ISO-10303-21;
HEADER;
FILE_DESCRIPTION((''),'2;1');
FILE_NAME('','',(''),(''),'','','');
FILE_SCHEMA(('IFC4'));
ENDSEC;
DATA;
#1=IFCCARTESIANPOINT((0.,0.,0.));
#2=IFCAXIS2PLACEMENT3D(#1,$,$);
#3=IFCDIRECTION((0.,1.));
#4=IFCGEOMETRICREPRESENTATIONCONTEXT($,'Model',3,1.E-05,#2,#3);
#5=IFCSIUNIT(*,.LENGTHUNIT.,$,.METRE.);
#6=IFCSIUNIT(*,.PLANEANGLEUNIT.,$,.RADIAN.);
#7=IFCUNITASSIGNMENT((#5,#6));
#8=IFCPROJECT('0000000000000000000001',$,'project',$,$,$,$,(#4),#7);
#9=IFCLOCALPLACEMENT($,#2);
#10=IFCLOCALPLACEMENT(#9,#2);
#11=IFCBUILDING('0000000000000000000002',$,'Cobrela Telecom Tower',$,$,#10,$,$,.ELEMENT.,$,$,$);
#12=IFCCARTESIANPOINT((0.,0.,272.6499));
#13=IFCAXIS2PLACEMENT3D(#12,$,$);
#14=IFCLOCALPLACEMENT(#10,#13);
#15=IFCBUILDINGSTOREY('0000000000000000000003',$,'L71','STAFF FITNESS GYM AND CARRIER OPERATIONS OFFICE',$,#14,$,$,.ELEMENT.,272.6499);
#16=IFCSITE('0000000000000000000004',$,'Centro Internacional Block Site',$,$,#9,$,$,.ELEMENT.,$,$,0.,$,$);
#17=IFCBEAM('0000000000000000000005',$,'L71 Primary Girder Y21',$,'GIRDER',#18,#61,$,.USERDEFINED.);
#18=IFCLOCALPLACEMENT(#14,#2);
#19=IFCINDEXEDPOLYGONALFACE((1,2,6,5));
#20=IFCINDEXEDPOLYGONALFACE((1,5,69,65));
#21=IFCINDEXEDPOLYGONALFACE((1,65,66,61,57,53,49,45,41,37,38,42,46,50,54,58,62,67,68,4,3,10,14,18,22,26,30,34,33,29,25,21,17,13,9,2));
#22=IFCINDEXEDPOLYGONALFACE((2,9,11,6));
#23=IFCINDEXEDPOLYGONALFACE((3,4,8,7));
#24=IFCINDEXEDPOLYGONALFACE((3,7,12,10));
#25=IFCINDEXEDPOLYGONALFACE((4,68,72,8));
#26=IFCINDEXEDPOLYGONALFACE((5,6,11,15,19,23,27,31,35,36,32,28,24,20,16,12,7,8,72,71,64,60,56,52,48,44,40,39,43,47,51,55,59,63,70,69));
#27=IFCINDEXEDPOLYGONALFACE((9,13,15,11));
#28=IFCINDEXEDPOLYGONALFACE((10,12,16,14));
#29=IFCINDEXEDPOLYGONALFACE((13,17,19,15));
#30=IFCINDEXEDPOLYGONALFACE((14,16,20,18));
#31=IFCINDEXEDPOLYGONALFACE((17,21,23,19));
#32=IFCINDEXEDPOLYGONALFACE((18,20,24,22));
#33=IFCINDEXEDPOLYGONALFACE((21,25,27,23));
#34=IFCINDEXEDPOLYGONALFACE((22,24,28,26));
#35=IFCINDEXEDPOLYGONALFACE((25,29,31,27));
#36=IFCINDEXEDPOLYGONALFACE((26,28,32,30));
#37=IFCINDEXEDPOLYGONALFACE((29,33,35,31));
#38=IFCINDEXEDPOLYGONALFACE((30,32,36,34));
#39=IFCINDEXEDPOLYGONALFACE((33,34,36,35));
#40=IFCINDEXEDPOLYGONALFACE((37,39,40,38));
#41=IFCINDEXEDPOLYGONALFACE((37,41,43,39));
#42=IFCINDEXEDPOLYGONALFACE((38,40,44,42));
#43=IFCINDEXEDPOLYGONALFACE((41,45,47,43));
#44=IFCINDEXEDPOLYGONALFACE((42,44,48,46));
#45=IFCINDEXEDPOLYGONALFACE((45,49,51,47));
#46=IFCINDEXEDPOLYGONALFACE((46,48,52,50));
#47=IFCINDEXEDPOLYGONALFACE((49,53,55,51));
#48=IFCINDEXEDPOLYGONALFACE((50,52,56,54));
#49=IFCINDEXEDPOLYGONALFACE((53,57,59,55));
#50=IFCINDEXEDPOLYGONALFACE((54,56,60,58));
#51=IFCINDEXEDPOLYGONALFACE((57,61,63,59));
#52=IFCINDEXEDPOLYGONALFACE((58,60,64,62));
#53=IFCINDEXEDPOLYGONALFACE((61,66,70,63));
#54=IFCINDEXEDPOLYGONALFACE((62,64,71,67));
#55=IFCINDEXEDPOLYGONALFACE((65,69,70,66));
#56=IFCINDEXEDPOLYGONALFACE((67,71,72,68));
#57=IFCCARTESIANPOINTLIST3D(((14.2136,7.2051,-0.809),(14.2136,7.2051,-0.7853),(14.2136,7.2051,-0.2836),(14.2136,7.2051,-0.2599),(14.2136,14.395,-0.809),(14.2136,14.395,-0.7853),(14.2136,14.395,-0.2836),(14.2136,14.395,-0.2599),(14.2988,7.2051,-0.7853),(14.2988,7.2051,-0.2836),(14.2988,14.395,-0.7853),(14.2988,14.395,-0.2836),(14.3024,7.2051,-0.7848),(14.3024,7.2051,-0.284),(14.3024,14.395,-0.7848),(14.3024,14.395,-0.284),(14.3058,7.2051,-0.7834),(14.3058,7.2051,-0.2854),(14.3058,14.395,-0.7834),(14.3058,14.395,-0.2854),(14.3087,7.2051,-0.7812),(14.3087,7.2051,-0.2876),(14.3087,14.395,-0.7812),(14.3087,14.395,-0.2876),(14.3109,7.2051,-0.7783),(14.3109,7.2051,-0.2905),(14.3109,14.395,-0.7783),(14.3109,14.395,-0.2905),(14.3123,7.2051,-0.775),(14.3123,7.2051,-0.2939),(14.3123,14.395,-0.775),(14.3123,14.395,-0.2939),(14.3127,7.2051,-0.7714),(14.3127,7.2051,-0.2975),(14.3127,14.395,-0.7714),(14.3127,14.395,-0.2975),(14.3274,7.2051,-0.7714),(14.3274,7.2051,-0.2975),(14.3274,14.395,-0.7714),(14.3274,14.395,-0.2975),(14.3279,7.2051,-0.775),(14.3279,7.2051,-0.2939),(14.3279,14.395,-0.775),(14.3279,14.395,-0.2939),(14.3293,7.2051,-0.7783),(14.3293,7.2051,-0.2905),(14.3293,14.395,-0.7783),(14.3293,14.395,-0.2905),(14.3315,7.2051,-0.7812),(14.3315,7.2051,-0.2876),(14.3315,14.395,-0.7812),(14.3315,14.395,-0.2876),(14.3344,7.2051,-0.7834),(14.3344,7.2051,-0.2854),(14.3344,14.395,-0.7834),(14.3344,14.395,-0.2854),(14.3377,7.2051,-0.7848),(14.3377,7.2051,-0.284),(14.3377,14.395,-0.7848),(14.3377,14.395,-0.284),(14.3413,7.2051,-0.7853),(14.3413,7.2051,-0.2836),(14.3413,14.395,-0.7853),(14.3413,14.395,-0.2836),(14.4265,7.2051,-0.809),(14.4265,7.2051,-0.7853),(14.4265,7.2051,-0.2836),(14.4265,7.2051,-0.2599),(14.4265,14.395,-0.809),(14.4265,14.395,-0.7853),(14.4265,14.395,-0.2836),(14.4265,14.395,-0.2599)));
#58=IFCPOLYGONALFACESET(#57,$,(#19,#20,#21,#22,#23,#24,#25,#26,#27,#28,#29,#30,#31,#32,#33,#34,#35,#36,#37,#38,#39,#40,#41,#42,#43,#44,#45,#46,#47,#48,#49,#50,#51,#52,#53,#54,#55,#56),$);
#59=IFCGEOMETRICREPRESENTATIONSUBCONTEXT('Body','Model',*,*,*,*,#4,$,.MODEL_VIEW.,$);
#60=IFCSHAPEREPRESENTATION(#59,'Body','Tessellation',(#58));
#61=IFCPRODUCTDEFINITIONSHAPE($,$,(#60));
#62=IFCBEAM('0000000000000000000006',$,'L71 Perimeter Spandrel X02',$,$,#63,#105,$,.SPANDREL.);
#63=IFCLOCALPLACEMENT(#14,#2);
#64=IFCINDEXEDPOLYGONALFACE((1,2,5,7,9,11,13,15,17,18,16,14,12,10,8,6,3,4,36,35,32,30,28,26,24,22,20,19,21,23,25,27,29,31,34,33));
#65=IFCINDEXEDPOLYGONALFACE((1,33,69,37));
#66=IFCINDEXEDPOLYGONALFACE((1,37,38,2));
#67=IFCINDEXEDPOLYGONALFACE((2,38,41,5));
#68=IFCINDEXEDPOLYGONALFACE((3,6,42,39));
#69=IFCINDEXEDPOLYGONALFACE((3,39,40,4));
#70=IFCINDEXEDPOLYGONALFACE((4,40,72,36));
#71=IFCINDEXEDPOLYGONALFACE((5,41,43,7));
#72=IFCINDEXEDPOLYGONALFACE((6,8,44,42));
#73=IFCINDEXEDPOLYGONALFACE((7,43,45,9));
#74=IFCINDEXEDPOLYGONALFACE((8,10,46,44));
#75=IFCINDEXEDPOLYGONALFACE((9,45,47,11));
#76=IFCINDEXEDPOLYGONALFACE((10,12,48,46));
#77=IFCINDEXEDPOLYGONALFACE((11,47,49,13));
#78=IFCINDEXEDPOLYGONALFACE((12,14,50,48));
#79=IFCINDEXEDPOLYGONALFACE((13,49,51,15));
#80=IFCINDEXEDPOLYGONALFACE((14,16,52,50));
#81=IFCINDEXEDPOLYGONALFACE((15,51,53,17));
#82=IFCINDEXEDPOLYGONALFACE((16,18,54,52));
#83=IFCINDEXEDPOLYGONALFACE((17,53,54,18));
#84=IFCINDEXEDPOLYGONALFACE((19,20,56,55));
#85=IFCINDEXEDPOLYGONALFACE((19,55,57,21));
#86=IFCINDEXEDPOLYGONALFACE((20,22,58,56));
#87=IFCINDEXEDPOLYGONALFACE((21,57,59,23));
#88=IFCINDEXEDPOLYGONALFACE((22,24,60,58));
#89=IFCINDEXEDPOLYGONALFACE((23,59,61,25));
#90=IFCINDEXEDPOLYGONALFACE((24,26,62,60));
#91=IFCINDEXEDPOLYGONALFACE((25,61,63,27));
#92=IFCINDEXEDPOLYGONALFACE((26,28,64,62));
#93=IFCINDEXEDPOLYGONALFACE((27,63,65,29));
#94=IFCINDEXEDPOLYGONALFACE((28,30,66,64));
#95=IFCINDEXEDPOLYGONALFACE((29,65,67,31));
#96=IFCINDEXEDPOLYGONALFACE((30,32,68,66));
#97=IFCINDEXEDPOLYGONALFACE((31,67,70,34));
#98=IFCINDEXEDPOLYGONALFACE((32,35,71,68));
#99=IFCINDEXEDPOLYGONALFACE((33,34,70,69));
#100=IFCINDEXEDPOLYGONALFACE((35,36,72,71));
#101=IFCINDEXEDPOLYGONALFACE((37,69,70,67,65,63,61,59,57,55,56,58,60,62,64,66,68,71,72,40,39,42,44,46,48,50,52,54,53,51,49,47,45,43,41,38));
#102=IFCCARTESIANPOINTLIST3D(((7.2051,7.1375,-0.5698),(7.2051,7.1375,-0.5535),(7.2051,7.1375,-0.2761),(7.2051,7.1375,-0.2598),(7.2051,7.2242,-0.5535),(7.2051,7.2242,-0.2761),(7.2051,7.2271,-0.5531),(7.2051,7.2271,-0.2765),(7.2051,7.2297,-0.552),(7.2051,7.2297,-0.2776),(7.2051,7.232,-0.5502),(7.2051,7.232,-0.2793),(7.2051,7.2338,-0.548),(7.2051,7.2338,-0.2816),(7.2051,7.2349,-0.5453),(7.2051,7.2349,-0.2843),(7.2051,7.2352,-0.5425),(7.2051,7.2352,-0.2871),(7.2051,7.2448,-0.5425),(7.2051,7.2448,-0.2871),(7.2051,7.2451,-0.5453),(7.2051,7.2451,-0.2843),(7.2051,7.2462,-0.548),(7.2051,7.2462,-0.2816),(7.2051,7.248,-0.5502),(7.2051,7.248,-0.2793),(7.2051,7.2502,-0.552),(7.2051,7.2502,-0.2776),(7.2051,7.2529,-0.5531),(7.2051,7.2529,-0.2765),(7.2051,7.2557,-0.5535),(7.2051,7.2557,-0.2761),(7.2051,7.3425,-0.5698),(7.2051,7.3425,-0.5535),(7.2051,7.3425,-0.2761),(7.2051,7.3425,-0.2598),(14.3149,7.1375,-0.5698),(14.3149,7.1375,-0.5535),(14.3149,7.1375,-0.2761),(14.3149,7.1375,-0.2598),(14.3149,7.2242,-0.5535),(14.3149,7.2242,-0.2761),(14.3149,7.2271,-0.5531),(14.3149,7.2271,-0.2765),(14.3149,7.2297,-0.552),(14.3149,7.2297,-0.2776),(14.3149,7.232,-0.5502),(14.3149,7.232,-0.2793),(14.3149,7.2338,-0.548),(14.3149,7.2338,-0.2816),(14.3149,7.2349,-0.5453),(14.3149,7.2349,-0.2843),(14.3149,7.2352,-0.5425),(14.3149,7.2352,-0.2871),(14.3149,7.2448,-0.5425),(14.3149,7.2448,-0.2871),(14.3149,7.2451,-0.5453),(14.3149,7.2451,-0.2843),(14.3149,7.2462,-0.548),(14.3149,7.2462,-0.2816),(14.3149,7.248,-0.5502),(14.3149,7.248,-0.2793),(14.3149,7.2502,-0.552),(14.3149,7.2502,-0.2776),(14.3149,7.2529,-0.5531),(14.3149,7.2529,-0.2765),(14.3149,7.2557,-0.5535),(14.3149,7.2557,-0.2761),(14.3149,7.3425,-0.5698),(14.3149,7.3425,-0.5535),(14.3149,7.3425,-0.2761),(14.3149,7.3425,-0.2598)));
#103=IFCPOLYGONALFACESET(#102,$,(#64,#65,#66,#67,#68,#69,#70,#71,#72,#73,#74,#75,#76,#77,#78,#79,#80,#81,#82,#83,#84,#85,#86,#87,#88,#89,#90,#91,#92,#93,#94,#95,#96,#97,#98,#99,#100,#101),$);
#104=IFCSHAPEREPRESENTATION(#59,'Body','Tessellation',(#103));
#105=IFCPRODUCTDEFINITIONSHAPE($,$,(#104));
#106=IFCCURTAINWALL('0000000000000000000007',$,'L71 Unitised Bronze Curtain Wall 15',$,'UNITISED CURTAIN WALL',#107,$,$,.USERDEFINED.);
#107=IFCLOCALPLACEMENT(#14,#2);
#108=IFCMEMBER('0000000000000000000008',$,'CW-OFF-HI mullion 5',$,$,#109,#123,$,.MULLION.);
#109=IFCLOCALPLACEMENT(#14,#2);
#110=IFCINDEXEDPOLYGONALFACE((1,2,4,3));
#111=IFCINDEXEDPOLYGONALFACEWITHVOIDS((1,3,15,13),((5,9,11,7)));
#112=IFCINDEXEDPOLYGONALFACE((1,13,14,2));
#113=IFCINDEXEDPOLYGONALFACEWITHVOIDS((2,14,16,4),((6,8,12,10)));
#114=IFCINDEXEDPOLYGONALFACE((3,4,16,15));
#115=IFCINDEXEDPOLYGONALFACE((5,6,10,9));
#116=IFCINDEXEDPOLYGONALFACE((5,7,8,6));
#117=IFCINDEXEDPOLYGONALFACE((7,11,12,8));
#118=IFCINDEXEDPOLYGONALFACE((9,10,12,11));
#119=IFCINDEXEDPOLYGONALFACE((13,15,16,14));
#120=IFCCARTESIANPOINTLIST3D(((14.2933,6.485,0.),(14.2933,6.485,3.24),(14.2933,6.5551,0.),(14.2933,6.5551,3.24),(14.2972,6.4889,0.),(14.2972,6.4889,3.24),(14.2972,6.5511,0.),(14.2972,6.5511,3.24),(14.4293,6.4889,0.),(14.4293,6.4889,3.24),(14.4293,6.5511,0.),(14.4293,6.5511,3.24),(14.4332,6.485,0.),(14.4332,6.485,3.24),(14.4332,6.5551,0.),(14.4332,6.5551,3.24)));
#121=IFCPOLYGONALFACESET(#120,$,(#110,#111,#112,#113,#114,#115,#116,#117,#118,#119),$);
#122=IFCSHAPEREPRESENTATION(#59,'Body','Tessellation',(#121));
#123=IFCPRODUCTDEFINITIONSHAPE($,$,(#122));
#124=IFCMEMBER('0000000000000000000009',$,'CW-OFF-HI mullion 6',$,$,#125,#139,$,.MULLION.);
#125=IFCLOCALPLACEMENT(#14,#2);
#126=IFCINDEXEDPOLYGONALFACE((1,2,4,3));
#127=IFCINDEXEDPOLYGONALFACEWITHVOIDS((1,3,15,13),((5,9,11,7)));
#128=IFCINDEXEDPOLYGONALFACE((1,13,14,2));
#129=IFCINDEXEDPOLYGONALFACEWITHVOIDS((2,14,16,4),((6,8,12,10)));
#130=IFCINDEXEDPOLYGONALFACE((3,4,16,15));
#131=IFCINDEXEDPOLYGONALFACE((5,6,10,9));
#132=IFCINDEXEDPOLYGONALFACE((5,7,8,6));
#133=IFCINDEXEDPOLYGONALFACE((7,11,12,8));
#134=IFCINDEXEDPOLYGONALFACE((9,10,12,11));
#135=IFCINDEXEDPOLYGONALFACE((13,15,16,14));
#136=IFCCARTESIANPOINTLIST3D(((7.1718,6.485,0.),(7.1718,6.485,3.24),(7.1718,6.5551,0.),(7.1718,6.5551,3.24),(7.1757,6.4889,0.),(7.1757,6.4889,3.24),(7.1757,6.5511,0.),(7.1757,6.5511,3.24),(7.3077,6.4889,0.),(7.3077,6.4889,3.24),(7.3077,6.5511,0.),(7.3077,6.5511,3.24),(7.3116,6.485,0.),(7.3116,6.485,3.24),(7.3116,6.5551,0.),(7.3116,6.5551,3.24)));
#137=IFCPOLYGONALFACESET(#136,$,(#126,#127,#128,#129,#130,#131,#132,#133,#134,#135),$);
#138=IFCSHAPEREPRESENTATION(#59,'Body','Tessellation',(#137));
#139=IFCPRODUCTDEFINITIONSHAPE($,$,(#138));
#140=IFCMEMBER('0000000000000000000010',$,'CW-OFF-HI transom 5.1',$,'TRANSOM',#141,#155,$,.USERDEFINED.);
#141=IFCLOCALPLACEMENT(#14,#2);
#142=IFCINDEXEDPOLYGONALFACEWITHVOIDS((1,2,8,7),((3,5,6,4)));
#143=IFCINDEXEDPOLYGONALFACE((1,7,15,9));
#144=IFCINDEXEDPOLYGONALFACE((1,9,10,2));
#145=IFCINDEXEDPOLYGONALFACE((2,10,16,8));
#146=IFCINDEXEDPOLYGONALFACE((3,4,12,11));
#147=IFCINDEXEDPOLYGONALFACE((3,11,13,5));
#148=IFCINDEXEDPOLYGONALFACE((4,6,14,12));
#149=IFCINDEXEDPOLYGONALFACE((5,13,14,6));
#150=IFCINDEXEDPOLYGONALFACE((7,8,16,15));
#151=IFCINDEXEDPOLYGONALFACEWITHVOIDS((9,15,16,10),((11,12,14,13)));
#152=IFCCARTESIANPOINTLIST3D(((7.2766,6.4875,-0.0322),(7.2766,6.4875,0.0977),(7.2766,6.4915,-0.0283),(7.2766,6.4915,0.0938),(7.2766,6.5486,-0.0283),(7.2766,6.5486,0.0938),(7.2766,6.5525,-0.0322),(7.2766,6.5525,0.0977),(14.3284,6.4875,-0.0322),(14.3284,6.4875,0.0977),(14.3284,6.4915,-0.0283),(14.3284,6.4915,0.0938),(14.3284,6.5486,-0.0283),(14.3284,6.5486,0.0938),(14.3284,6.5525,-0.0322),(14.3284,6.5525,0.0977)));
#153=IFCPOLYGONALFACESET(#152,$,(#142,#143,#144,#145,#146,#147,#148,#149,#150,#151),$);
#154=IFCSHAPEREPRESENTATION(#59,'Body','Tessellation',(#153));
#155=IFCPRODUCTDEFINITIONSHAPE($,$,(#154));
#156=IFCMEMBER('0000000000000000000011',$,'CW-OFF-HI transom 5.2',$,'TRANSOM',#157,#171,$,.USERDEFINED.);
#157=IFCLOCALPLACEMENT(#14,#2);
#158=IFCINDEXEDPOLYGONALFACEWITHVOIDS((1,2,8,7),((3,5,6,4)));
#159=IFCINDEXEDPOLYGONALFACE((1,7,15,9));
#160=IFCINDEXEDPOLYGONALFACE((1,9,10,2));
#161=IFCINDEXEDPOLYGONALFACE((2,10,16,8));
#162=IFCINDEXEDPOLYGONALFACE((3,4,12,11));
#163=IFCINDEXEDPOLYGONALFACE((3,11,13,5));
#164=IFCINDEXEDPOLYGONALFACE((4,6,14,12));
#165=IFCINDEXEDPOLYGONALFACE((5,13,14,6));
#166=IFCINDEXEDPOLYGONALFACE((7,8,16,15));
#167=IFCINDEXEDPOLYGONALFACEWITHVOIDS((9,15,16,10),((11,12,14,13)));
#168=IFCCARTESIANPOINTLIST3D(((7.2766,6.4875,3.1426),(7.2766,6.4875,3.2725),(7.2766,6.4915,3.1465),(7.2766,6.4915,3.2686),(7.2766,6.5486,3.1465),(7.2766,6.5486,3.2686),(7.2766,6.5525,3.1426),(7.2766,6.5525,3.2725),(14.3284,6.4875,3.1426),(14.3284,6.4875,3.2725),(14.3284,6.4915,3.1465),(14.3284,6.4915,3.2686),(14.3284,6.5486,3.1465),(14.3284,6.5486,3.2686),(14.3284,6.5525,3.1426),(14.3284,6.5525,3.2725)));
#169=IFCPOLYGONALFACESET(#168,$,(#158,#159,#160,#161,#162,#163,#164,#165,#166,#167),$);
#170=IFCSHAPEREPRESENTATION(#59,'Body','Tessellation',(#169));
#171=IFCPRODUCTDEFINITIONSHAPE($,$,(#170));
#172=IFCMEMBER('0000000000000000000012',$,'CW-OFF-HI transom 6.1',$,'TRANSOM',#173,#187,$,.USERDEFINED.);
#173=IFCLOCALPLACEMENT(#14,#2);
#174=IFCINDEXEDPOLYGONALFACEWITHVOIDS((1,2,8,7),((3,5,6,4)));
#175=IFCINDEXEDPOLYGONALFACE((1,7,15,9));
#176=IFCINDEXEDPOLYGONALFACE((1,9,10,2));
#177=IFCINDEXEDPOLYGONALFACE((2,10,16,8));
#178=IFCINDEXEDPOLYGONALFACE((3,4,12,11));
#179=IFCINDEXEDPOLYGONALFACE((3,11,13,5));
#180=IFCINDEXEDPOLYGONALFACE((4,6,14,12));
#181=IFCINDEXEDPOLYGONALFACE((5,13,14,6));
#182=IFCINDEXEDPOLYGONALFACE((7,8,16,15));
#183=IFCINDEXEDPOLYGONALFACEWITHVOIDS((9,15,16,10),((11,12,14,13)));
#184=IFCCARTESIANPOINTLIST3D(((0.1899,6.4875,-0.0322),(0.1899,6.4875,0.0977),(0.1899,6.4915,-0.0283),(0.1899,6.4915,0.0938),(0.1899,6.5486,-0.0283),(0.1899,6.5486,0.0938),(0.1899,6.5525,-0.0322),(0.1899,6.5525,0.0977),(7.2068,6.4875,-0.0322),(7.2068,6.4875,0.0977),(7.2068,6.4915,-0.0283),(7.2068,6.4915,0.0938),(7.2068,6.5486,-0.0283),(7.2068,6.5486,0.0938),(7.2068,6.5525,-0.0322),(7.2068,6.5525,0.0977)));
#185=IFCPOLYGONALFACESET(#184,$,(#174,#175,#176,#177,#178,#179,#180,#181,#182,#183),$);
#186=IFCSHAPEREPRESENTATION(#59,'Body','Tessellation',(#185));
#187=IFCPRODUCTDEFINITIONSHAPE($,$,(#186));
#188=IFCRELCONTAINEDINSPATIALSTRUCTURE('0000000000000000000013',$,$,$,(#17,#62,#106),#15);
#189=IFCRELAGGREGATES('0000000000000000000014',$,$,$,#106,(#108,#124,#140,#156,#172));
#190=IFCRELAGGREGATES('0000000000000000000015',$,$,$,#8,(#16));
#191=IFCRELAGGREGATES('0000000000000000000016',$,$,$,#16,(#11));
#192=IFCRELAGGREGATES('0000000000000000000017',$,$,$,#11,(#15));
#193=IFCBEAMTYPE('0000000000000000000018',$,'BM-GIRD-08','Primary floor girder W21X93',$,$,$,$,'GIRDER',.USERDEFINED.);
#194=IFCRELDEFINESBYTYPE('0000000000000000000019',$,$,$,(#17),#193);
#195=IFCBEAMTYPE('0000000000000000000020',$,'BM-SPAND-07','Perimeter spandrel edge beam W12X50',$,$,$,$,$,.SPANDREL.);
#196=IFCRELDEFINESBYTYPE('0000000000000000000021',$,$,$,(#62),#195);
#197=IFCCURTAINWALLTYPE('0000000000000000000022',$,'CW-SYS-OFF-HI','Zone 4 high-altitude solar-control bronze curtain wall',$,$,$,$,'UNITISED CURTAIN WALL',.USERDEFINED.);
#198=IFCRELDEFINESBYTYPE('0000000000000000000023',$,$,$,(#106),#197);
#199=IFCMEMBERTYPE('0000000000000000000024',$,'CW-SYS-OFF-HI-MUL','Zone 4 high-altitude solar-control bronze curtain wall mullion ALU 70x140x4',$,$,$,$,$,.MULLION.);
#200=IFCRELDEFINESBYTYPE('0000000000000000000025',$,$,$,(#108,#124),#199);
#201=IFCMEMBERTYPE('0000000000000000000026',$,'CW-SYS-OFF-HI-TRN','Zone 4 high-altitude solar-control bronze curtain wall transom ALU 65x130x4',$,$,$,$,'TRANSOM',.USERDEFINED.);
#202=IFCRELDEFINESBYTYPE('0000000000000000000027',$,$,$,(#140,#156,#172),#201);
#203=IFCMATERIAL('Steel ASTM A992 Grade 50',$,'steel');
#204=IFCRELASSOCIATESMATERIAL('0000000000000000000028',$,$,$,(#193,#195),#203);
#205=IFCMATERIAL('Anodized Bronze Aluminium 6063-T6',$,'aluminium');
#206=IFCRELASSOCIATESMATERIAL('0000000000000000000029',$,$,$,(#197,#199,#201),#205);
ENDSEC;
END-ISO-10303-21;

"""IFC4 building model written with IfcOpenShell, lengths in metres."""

from ifc_helpers import new_model, si_unit, direction, frame, origin, origin_2d, place, context, subcontext, project, spatial, hollow_rectangle, i_section, extrude, material, material_profile, profile_set, type_object, element, aggregate, save


model = new_model("IFC4")

# Units and contexts
model_context = context("Model", 3, precision=1e-05, world=origin(), true_north=direction((0.0, 1.0)))
body_context = subcontext(model_context, "Body", "Model", "MODEL_VIEW")
ifc_project = project(units=[si_unit("LENGTHUNIT", "METRE"), si_unit("PLANEANGLEUNIT", "RADIAN")], contexts=[model_context])

# Site, building, storey
site_placement = place(None, origin())
site = spatial("IfcSite", under=ifc_project, at=site_placement, Name="Centro Internacional Block Site", CompositionType="ELEMENT", RefElevation=0.0)
building_placement = place(site_placement, origin())
building = spatial("IfcBuilding", under=site, at=building_placement, Name="Cobrela Telecom Tower", CompositionType="ELEMENT")
storey_placement = place(building_placement, frame((0.0, 0.0, 272.6499)))
storey = spatial("IfcBuildingStorey", under=building, at=storey_placement, Name="L71", Description="STAFF FITNESS GYM AND CARRIER OPERATIONS OFFICE", CompositionType="ELEMENT", Elevation=272.6499)

# Beams
ifc_material_1 = material(Name="Steel ASTM A992 Grade 50", Category="steel")
ifc_material_profile_1 = material_profile(ifc_material_1, i_section(OverallWidth=0.2129, OverallDepth=0.5491, WebThickness=0.0146, FlangeThickness=0.0237, FilletRadius=0.0139, at=origin_2d()), Name="W21X93")
ifc_profile_set_1 = profile_set([ifc_material_profile_1], Name="Steel ASTM A992 Grade 50")
beam_type_1 = type_object("IfcBeamType", Name="BM-GIRD-08", Description="Primary floor girder W21X93", ElementType="GIRDER", PredefinedType="USERDEFINED", material=ifc_profile_set_1)
beam_1_placement = place(storey_placement, frame((14.3201, 7.2051, -0.5344), z_axis=(0.0, 1.0, 0.0), x_axis=(-1.0, 0.0, 0.0)))
element("IfcBeam", 1, at=beam_1_placement, inside=storey, type_object=beam_type_1, Name="L71 Primary Girder Y21", ObjectType="GIRDER", PredefinedType="USERDEFINED", context=body_context, shape_type="SweptSolid", body=[
    extrude(i_section(OverallWidth=0.2129, OverallDepth=0.5491, WebThickness=0.0146, FlangeThickness=0.0237, FilletRadius=0.0139, at=origin_2d()), origin(), (0.0, 0.0, 1.0), 7.1899),
])
ifc_material_profile_2 = material_profile(ifc_material_1, i_section(OverallWidth=0.2051, OverallDepth=0.3101, WebThickness=0.0095, FlangeThickness=0.0164, FilletRadius=0.011, at=origin_2d()), Name="W12X50")
ifc_profile_set_2 = profile_set([ifc_material_profile_2], Name="Steel ASTM A992 Grade 50")
beam_type_2 = type_object("IfcBeamType", Name="BM-SPAND-07", Description="Perimeter spandrel edge beam W12X50", PredefinedType="SPANDREL", material=ifc_profile_set_2)
beam_2_placement = place(storey_placement, frame((7.2051, 7.24, -0.4148), z_axis=(1.0, 0.0, 0.0), x_axis=(0.0, 1.0, 0.0)))
element("IfcBeam", 2, at=beam_2_placement, inside=storey, type_object=beam_type_2, Name="L71 Perimeter Spandrel X02", PredefinedType="SPANDREL", context=body_context, shape_type="SweptSolid", body=[
    extrude(i_section(OverallWidth=0.2051, OverallDepth=0.3101, WebThickness=0.0095, FlangeThickness=0.0164, FilletRadius=0.011, at=origin_2d()), origin(), (0.0, 0.0, 1.0), 7.1099),
])

# Curtain wall, members
ifc_material_2 = material(Name="Anodized Bronze Aluminium 6063-T6", Category="aluminium")
curtain_wall_type = type_object("IfcCurtainWallType", Name="CW-SYS-OFF-HI", Description="Zone 4 high-altitude solar-control bronze curtain wall", ElementType="UNITISED CURTAIN WALL", PredefinedType="USERDEFINED", material=ifc_material_2)
curtain_wall_placement = place(storey_placement, origin())
curtain_wall = element("IfcCurtainWall", 3, at=curtain_wall_placement, inside=storey, type_object=curtain_wall_type, Name="L71 Unitised Bronze Curtain Wall 15", ObjectType="UNITISED CURTAIN WALL", PredefinedType="USERDEFINED")
ifc_material_profile_3 = material_profile(ifc_material_2, hollow_rectangle(XDim=0.0701, YDim=0.1399, WallThickness=0.0039, at=origin_2d()), Name="ALU 70x140x4")
ifc_profile_set_3 = profile_set([ifc_material_profile_3], Name="Anodized Bronze Aluminium 6063-T6")
member_type_1 = type_object("IfcMemberType", Name="CW-SYS-OFF-HI-MUL", Description="Zone 4 high-altitude solar-control bronze curtain wall mullion ALU 70x140x4", PredefinedType="MULLION", material=ifc_profile_set_3)
member_1_placement = place(storey_placement, frame((14.3633, 6.52, 0.0), z_axis=(0.0, 0.0, 1.0), x_axis=(0.0, -1.0, 0.0)))
member_1 = element("IfcMember", 4, at=member_1_placement, type_object=member_type_1, Name="CW-OFF-HI mullion 5", PredefinedType="MULLION", context=body_context, shape_type="SweptSolid", body=[
    extrude(hollow_rectangle(XDim=0.0701, YDim=0.1399, WallThickness=0.0039, at=origin_2d()), origin(), (0.0, 0.0, 1.0), 3.24),
])
member_2_placement = place(storey_placement, frame((7.2417, 6.52, 0.0), z_axis=(0.0, 0.0, 1.0), x_axis=(0.0, -1.0, 0.0)))
member_2 = element("IfcMember", 5, at=member_2_placement, type_object=member_type_1, Name="CW-OFF-HI mullion 6", PredefinedType="MULLION", context=body_context, shape_type="SweptSolid", body=[
    extrude(hollow_rectangle(XDim=0.0701, YDim=0.1399, WallThickness=0.0039, at=origin_2d()), origin(), (0.0, 0.0, 1.0), 3.24),
])
ifc_material_profile_4 = material_profile(ifc_material_2, hollow_rectangle(XDim=0.0649, YDim=0.1299, WallThickness=0.0039, at=origin_2d()), Name="ALU 65x130x4")
ifc_profile_set_4 = profile_set([ifc_material_profile_4], Name="Anodized Bronze Aluminium 6063-T6")
member_type_2 = type_object("IfcMemberType", Name="CW-SYS-OFF-HI-TRN", Description="Zone 4 high-altitude solar-control bronze curtain wall transom ALU 65x130x4", ElementType="TRANSOM", PredefinedType="USERDEFINED", material=ifc_profile_set_4)
member_3_placement = place(storey_placement, frame((14.3284, 6.52, 0.0327), z_axis=(-1.0, 0.0, 0.0), x_axis=(0.0, -1.0, 0.0)))
member_3 = element("IfcMember", 6, at=member_3_placement, type_object=member_type_2, Name="CW-OFF-HI transom 5.1", ObjectType="TRANSOM", PredefinedType="USERDEFINED", context=body_context, shape_type="SweptSolid", body=[
    extrude(hollow_rectangle(XDim=0.0649, YDim=0.1299, WallThickness=0.0039, at=origin_2d()), origin(), (0.0, 0.0, 1.0), 7.0518),
])
member_4_placement = place(storey_placement, frame((14.3284, 6.52, 3.2075), z_axis=(-1.0, 0.0, 0.0), x_axis=(0.0, -1.0, 0.0)))
member_4 = element("IfcMember", 7, at=member_4_placement, type_object=member_type_2, Name="CW-OFF-HI transom 5.2", ObjectType="TRANSOM", PredefinedType="USERDEFINED", context=body_context, shape_type="SweptSolid", body=[
    extrude(hollow_rectangle(XDim=0.0649, YDim=0.1299, WallThickness=0.0039, at=origin_2d()), origin(), (0.0, 0.0, 1.0), 7.0518),
])
member_5_placement = place(storey_placement, frame((7.2068, 6.52, 0.0327), z_axis=(-1.0, 0.0, 0.0), x_axis=(0.0, -1.0, 0.0)))
member_5 = element("IfcMember", 8, at=member_5_placement, type_object=member_type_2, Name="CW-OFF-HI transom 6.1", ObjectType="TRANSOM", PredefinedType="USERDEFINED", context=body_context, shape_type="SweptSolid", body=[
    extrude(hollow_rectangle(XDim=0.0649, YDim=0.1299, WallThickness=0.0039, at=origin_2d()), origin(), (0.0, 0.0, 1.0), 7.0168),
])
aggregate(curtain_wall, [member_1, member_2, member_3, member_4, member_5])

save(model, "model.ifc")
